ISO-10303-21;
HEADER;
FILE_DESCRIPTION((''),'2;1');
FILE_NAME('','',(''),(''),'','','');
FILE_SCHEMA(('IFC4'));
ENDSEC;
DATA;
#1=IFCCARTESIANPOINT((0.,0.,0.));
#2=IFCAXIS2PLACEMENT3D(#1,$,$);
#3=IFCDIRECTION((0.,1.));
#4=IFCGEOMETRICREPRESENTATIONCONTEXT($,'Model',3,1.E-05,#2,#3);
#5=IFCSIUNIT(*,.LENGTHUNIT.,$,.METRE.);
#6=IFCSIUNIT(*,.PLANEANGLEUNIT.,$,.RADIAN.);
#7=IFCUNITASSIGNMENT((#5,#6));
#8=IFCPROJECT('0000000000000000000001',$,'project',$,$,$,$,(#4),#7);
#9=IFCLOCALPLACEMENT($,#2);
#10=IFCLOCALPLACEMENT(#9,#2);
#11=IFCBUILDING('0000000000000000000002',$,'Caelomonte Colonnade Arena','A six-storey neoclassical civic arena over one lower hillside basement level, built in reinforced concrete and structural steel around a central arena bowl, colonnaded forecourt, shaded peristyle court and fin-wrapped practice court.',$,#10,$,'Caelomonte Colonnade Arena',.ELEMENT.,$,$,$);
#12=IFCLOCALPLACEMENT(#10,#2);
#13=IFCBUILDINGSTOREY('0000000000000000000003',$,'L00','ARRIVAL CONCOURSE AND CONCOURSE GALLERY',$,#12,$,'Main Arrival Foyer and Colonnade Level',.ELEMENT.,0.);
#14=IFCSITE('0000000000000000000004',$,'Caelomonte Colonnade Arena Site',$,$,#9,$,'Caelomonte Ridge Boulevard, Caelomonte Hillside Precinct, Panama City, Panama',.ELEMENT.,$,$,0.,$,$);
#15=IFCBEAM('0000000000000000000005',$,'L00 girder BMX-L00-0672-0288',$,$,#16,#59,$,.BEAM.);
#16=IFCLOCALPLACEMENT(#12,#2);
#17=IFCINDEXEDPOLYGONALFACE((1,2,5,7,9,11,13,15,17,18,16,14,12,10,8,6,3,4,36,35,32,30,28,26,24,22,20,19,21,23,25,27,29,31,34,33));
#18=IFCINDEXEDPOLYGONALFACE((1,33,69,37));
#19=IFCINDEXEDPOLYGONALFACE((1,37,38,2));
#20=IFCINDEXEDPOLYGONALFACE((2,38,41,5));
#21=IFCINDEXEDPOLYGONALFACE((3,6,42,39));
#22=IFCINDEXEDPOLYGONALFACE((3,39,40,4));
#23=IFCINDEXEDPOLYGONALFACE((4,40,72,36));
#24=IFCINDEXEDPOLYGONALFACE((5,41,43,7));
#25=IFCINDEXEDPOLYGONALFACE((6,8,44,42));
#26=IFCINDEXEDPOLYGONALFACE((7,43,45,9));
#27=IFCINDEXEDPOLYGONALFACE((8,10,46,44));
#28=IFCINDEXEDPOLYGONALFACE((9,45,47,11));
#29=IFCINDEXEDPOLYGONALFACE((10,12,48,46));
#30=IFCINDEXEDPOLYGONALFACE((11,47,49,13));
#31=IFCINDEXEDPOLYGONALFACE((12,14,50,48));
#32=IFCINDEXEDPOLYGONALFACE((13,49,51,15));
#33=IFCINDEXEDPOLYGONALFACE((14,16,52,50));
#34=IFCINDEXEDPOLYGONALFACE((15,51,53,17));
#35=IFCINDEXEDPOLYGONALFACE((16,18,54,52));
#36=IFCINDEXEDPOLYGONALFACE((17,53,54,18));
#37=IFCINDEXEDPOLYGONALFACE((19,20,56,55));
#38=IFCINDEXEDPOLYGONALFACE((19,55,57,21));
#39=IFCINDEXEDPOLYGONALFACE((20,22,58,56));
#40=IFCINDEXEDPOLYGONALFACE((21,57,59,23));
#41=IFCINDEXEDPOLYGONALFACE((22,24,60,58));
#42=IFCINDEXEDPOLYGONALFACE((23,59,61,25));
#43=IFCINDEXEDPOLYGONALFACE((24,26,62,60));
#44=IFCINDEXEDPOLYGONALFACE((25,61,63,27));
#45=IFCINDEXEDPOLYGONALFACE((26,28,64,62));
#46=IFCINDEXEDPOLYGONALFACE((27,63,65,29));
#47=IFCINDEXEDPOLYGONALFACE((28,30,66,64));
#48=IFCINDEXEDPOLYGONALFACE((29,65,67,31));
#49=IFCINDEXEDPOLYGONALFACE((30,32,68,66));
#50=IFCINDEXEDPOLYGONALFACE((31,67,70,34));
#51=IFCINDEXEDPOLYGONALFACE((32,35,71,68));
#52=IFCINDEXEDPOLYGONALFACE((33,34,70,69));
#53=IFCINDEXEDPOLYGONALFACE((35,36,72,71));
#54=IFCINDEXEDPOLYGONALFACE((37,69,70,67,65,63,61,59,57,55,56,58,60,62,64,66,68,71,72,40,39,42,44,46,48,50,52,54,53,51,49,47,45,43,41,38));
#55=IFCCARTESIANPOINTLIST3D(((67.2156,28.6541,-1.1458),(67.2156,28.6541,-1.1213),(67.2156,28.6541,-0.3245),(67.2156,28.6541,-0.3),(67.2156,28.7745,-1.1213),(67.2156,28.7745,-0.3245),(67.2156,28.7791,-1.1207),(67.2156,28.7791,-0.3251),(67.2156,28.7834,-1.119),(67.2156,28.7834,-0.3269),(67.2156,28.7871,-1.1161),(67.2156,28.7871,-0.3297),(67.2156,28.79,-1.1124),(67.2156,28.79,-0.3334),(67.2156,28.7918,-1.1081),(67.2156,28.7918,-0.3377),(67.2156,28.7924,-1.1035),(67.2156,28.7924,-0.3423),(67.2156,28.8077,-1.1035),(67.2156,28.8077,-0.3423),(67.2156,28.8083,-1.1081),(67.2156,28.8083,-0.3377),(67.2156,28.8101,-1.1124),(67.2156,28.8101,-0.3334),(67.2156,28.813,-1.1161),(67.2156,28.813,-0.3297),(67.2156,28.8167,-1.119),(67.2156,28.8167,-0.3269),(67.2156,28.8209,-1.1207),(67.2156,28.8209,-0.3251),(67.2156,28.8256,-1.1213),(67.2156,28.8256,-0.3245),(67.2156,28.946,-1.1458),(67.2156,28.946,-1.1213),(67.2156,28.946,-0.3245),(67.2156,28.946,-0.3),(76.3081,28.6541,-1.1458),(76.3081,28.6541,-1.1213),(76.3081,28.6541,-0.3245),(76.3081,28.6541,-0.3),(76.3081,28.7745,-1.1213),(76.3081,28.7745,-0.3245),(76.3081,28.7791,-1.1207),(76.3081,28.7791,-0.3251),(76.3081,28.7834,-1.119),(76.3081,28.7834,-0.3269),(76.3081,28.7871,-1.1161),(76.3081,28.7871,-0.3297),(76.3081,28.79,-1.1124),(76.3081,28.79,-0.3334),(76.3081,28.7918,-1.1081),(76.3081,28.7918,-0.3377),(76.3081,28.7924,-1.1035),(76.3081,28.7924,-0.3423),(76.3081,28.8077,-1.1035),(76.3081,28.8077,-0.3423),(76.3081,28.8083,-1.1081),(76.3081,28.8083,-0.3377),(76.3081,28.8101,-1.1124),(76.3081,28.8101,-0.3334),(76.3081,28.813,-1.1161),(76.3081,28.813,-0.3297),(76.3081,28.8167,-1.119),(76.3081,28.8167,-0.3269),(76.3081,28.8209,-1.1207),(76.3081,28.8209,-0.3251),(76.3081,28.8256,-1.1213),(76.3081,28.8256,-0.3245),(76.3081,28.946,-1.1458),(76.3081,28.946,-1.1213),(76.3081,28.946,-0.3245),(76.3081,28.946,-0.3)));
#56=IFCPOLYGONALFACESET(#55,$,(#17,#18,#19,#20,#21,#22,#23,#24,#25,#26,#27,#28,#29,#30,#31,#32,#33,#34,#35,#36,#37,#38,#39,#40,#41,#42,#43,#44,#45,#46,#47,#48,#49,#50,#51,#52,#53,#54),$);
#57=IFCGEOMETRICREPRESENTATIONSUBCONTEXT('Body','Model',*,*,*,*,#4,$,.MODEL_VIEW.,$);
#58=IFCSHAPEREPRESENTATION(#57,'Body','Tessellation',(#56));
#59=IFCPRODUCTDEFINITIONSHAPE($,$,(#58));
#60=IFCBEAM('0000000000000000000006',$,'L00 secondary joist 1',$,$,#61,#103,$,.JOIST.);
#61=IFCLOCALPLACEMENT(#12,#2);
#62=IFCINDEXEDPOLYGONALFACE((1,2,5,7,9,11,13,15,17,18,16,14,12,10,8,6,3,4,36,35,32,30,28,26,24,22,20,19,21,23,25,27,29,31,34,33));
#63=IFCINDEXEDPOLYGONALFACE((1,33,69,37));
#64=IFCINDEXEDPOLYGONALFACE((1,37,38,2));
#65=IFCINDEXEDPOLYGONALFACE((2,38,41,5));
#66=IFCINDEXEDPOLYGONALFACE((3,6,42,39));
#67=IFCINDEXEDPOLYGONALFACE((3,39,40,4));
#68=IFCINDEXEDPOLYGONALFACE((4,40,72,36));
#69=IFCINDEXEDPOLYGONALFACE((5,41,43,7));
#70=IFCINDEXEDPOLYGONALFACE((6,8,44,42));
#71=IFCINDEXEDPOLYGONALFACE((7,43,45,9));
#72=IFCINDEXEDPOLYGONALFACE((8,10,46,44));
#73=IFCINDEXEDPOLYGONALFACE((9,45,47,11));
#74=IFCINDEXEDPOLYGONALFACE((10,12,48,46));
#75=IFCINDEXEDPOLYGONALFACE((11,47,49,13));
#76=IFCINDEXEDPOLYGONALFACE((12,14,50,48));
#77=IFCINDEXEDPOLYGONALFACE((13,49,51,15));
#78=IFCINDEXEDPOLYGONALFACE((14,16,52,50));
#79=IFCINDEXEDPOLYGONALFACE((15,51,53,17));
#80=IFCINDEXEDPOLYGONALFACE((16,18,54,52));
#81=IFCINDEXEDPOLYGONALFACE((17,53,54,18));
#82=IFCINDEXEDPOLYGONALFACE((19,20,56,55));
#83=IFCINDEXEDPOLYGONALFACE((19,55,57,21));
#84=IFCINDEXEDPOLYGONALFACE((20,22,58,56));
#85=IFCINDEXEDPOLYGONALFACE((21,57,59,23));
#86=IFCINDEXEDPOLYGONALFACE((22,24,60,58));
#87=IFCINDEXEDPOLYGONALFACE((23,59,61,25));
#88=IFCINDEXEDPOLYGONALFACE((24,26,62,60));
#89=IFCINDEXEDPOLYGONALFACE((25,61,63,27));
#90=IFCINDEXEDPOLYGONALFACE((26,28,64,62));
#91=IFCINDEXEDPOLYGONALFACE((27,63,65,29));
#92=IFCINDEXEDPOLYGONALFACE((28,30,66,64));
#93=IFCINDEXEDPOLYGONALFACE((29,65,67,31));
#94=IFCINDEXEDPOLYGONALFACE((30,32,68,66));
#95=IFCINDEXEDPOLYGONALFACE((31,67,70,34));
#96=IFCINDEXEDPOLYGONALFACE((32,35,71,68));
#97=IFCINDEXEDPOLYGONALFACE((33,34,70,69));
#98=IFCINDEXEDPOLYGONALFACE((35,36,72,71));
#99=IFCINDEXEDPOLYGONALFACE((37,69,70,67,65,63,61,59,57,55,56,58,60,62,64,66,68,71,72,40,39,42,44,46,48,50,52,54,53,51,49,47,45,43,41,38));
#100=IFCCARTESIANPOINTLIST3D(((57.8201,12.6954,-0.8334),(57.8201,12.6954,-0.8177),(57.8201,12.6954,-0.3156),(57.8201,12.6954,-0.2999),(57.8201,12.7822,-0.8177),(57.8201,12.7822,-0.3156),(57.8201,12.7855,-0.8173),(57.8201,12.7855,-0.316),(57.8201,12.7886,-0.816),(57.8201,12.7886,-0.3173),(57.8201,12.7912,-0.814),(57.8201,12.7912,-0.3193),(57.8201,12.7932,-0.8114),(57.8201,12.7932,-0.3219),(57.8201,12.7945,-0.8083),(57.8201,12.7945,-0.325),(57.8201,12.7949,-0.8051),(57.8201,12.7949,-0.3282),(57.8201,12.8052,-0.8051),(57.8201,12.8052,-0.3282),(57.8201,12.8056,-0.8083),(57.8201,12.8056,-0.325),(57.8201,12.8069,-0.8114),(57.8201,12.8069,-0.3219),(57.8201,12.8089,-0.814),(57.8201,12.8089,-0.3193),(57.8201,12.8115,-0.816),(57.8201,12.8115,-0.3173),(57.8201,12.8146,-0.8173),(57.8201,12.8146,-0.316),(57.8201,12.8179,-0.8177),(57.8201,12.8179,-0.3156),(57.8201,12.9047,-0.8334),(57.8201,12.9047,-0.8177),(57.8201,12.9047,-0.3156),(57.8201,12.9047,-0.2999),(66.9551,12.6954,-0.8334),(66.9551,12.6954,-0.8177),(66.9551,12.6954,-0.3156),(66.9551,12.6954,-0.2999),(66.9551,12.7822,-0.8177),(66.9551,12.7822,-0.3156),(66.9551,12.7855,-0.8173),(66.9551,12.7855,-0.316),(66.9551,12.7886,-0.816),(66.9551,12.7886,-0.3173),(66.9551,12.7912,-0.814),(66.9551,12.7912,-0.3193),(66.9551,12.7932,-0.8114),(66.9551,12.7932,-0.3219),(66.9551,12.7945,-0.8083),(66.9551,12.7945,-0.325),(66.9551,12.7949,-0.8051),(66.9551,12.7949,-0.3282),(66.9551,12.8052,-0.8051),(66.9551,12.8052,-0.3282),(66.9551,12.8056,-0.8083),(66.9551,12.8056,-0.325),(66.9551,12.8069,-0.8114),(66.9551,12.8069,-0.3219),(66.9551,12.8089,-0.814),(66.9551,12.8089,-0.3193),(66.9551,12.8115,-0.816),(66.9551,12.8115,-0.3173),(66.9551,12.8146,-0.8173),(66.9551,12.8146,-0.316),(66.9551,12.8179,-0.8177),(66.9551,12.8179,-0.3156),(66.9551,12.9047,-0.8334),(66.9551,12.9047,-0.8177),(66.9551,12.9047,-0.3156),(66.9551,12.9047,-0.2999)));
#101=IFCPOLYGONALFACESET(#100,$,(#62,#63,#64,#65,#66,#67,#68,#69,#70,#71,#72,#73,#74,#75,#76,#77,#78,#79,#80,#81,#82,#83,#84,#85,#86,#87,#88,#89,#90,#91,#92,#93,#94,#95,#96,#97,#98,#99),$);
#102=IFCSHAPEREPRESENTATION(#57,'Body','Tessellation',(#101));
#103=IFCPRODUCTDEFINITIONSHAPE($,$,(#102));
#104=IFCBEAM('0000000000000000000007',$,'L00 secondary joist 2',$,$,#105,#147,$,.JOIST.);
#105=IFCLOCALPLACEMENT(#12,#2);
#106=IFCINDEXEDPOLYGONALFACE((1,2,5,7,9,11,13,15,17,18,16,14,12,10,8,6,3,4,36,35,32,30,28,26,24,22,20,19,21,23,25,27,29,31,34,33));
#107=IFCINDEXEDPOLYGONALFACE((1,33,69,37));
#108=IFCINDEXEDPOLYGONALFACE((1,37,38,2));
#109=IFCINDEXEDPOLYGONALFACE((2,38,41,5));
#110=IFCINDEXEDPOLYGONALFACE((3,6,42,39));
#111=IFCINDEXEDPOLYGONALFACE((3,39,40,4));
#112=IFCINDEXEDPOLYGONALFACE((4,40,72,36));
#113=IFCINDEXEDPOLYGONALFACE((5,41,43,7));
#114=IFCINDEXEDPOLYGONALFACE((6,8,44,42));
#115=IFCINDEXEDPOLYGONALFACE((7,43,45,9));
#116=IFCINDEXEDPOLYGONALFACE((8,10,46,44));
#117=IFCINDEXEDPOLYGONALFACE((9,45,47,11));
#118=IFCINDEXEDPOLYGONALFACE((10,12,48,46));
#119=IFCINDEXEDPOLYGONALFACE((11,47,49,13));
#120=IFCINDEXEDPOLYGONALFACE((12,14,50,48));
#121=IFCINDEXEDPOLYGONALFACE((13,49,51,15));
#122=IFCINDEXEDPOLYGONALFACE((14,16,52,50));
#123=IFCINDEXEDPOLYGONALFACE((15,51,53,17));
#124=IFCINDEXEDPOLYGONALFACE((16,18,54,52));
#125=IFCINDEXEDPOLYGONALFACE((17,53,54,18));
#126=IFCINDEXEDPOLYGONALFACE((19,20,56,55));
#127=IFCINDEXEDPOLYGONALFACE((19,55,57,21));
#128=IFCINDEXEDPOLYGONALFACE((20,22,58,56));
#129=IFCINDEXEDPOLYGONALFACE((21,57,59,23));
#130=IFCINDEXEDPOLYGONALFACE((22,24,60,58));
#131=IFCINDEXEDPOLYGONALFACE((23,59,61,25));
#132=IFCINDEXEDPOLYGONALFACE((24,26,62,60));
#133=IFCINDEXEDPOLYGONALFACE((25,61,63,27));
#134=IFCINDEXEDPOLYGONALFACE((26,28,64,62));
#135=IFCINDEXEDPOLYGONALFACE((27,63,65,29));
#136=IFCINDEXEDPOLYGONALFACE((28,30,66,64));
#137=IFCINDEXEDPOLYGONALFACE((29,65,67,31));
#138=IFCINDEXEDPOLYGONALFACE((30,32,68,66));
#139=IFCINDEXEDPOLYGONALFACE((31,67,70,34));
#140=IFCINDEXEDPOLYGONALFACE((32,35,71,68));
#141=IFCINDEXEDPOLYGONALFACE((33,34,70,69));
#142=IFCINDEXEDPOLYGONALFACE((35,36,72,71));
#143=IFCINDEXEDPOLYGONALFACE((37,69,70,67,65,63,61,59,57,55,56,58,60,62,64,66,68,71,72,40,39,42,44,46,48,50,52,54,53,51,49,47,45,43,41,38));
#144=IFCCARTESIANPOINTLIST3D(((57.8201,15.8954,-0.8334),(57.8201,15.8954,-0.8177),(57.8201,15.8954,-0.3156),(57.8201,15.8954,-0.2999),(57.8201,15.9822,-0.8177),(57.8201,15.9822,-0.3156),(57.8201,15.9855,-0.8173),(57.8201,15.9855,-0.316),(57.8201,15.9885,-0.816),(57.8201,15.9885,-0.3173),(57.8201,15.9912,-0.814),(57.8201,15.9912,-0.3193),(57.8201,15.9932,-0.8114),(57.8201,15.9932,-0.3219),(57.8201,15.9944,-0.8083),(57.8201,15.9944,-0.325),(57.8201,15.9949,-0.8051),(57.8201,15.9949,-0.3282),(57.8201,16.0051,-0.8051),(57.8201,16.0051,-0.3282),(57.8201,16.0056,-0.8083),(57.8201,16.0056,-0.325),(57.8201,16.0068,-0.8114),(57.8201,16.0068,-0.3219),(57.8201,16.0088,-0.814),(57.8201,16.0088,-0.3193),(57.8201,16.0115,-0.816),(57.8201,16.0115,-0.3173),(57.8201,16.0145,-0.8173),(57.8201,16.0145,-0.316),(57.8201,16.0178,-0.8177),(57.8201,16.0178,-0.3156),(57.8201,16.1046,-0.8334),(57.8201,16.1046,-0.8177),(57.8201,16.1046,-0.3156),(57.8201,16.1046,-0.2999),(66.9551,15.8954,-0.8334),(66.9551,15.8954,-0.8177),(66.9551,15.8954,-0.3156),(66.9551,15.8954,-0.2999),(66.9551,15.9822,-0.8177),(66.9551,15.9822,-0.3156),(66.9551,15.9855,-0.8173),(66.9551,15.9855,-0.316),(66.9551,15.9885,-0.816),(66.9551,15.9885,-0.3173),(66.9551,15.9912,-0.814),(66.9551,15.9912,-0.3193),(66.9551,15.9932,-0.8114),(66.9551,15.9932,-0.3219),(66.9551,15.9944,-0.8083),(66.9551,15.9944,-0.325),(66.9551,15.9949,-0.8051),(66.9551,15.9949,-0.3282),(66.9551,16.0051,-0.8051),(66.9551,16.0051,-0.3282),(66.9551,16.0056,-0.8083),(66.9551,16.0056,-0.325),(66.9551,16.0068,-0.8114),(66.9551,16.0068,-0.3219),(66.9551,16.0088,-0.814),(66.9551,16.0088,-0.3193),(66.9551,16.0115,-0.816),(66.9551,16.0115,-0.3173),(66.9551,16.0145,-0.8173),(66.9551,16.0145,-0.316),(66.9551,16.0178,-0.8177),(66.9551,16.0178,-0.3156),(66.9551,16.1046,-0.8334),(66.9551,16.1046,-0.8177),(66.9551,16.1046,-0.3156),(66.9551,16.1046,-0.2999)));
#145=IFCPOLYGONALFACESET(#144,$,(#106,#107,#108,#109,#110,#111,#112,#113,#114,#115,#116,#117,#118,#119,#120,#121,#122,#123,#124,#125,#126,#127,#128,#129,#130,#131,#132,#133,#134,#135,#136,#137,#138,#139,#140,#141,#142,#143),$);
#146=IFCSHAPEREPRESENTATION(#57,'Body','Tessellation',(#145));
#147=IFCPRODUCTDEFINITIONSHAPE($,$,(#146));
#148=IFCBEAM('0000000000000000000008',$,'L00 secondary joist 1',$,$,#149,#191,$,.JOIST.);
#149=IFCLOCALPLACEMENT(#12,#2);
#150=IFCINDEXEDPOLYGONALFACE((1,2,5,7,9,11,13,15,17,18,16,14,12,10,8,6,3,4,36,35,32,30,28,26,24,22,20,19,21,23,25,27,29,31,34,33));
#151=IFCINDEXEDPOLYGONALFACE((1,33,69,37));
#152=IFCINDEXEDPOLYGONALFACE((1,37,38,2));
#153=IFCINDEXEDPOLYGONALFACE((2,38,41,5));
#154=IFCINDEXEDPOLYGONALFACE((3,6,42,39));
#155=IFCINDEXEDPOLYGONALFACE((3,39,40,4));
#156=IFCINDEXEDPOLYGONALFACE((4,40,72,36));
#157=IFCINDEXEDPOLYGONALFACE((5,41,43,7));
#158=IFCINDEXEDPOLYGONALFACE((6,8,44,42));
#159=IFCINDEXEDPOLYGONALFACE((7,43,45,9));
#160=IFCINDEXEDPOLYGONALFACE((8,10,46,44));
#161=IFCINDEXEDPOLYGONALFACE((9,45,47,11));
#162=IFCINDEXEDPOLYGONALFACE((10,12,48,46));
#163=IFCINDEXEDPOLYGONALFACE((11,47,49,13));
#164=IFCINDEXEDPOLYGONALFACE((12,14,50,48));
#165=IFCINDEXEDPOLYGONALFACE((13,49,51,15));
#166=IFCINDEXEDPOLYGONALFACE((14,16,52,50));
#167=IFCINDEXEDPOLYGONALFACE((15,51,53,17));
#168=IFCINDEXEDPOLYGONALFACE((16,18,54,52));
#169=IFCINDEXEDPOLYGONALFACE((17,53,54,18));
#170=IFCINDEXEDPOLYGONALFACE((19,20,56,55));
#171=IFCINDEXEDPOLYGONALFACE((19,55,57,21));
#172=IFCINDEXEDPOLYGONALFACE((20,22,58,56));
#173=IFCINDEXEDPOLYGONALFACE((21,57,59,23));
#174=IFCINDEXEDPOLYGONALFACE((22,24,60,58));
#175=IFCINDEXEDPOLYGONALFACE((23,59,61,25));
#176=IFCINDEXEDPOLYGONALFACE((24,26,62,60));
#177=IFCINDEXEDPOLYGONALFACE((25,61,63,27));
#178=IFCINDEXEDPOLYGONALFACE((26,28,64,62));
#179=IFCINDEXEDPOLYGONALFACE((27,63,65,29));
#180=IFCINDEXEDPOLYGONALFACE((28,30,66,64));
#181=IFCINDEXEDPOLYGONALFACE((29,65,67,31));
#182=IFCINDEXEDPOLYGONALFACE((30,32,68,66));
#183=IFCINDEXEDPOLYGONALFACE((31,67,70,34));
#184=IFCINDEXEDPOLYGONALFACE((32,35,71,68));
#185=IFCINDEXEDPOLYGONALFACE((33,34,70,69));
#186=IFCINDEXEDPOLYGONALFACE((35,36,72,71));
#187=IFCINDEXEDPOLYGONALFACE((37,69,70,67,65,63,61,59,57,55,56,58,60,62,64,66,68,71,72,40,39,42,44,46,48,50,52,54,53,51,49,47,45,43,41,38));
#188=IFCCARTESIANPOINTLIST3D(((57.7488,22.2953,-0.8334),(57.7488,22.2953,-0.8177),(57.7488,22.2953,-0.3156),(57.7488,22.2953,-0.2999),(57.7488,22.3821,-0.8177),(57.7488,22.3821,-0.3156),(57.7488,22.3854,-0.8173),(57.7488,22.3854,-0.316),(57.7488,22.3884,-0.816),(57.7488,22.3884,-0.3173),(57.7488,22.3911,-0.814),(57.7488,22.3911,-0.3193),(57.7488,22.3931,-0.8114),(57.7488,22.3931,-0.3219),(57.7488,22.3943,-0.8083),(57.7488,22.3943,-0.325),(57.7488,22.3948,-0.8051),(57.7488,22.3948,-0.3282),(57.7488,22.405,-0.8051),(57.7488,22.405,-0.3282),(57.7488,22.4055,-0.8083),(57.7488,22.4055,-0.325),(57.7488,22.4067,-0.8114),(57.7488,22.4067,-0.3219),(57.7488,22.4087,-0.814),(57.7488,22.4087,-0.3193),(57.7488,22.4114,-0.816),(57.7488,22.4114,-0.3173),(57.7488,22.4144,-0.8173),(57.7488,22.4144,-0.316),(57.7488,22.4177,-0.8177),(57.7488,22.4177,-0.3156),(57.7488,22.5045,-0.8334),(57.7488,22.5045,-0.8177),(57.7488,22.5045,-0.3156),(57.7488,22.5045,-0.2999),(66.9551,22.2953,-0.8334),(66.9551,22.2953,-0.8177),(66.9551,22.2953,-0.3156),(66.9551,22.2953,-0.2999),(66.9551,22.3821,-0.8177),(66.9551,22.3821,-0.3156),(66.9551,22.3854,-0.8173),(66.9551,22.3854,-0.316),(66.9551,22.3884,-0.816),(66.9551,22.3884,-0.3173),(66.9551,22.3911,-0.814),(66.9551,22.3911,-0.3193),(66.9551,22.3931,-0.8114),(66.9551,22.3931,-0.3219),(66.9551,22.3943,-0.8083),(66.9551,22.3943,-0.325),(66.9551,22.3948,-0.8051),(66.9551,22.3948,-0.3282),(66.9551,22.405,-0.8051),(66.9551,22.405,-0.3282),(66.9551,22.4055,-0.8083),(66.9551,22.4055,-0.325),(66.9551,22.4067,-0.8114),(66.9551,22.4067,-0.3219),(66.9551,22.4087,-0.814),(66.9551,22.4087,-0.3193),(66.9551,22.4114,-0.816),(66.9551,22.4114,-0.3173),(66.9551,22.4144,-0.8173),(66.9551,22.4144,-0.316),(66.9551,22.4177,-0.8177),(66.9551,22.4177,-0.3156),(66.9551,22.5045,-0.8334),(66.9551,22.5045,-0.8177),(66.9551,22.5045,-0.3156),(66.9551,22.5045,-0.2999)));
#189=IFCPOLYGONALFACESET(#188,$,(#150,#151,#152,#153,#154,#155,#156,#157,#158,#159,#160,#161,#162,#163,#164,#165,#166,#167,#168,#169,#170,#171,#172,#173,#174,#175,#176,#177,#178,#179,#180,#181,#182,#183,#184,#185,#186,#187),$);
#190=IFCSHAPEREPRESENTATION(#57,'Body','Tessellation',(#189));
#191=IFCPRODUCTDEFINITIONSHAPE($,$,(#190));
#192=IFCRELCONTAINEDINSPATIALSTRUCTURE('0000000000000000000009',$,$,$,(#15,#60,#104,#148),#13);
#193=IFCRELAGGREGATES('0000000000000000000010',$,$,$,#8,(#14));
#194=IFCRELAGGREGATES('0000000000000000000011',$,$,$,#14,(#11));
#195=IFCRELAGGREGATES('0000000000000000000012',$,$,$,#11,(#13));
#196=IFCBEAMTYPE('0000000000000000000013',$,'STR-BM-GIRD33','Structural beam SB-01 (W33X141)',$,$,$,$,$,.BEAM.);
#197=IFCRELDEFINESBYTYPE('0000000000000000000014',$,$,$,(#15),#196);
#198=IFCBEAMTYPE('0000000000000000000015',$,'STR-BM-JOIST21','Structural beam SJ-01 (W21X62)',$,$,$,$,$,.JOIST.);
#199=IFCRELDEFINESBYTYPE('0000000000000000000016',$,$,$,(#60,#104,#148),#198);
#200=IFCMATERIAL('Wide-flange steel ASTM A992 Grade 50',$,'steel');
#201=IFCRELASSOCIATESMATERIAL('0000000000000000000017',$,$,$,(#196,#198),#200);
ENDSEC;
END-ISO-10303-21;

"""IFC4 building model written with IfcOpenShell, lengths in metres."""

from ifc_helpers import new_model, si_unit, direction, frame, origin, origin_2d, place, context, subcontext, project, spatial, i_section, extrude, material, material_profile, profile_set, type_object, element, save


model = new_model("IFC4")

# Units and contexts
model_context = context("Model", 3, precision=1e-05, world=origin(), true_north=direction((0.0, 1.0)))
body_context = subcontext(model_context, "Body", "Model", "MODEL_VIEW")
ifc_project = project(units=[si_unit("LENGTHUNIT", "METRE"), si_unit("PLANEANGLEUNIT", "RADIAN")], contexts=[model_context])

# Site, building, storey
site_placement = place(None, origin())
site = spatial("IfcSite", under=ifc_project, at=site_placement, Name="Caelomonte Colonnade Arena Site", LongName="Caelomonte Ridge Boulevard, Caelomonte Hillside Precinct, Panama City, Panama", CompositionType="ELEMENT", RefElevation=0.0)
building_placement = place(site_placement, origin())
building = spatial("IfcBuilding", under=site, at=building_placement, Name="Caelomonte Colonnade Arena", Description="A six-storey neoclassical civic arena over one lower hillside basement level, built in reinforced concrete and structural steel around a central arena bowl, colonnaded forecourt, shaded peristyle court and fin-wrapped practice court.", LongName="Caelomonte Colonnade Arena", CompositionType="ELEMENT")
storey_placement = place(building_placement, origin())
storey = spatial("IfcBuildingStorey", under=building, at=storey_placement, Name="L00", Description="ARRIVAL CONCOURSE AND CONCOURSE GALLERY", LongName="Main Arrival Foyer and Colonnade Level", CompositionType="ELEMENT", Elevation=0.0)

# Shared definitions
ifc_material_1 = material(Name="Wide-flange steel ASTM A992 Grade 50", Category="steel")

# Beams
ifc_material_profile_1 = material_profile(ifc_material_1, i_section(OverallWidth=0.292, OverallDepth=0.8457, WebThickness=0.0154, FlangeThickness=0.0244, FilletRadius=0.0178, at=origin_2d()), Name="W33X141")
ifc_profile_set_1 = profile_set([ifc_material_profile_1], Name="Wide-flange steel ASTM A992 Grade 50")
beam_type_1 = type_object("IfcBeamType", Name="STR-BM-GIRD33", Description="Structural beam SB-01 (W33X141)", PredefinedType="BEAM", material=ifc_profile_set_1)
beam_1_placement = place(storey_placement, frame((67.2156, 28.8, -0.7229), z_axis=(1.0, 0.0, 0.0), x_axis=(0.0, 1.0, 0.0)))
element("IfcBeam", 1, at=beam_1_placement, inside=storey, type_object=beam_type_1, Name="L00 girder BMX-L00-0672-0288", PredefinedType="BEAM", context=body_context, shape_type="SweptSolid", body=[
    extrude(i_section(OverallWidth=0.292, OverallDepth=0.8457, WebThickness=0.0154, FlangeThickness=0.0244, FilletRadius=0.0178, at=origin_2d()), origin(), (0.0, 0.0, 1.0), 9.0925),
])
ifc_material_profile_2 = material_profile(ifc_material_1, i_section(OverallWidth=0.2092, OverallDepth=0.5334, WebThickness=0.0103, FlangeThickness=0.0156, FilletRadius=0.0127, at=origin_2d()), Name="W21X62")
ifc_profile_set_2 = profile_set([ifc_material_profile_2], Name="Wide-flange steel ASTM A992 Grade 50")
beam_type_2 = type_object("IfcBeamType", Name="STR-BM-JOIST21", Description="Structural beam SJ-01 (W21X62)", PredefinedType="JOIST", material=ifc_profile_set_2)
for number, where, z_axis, x_axis, name in (
    (2, (57.8201, 12.8, -0.5667), (1.0, 0.0, 0.0), (0.0, 1.0, 0.0), "L00 secondary joist 1"),
    (3, (57.8201, 16.0, -0.5667), (1.0, 0.0, 0.0), (0.0, 1.0, 0.0), "L00 secondary joist 2"),
):
    element("IfcBeam", number, at=place(storey_placement, frame(where, z_axis=z_axis, x_axis=x_axis)), inside=storey, type_object=beam_type_2, Name=name, PredefinedType="JOIST", context=body_context, shape_type="SweptSolid", body=[
        extrude(i_section(OverallWidth=0.2092, OverallDepth=0.5334, WebThickness=0.0103, FlangeThickness=0.0156, FilletRadius=0.0127, at=origin_2d()), origin(), (0.0, 0.0, 1.0), 9.135),
    ])
for number, where, z_axis, x_axis, name in (
    (4, (57.7488, 22.3999, -0.5667), (1.0, 0.0, 0.0), (0.0, 1.0, 0.0), "L00 secondary joist 1"),
):
    element("IfcBeam", number, at=place(storey_placement, frame(where, z_axis=z_axis, x_axis=x_axis)), inside=storey, type_object=beam_type_2, Name=name, PredefinedType="JOIST", context=body_context, shape_type="SweptSolid", body=[
        extrude(i_section(OverallWidth=0.2092, OverallDepth=0.5334, WebThickness=0.0103, FlangeThickness=0.0156, FilletRadius=0.0127, at=origin_2d()), origin(), (0.0, 0.0, 1.0), 9.2063),
    ])

save(model, "model.ifc")
